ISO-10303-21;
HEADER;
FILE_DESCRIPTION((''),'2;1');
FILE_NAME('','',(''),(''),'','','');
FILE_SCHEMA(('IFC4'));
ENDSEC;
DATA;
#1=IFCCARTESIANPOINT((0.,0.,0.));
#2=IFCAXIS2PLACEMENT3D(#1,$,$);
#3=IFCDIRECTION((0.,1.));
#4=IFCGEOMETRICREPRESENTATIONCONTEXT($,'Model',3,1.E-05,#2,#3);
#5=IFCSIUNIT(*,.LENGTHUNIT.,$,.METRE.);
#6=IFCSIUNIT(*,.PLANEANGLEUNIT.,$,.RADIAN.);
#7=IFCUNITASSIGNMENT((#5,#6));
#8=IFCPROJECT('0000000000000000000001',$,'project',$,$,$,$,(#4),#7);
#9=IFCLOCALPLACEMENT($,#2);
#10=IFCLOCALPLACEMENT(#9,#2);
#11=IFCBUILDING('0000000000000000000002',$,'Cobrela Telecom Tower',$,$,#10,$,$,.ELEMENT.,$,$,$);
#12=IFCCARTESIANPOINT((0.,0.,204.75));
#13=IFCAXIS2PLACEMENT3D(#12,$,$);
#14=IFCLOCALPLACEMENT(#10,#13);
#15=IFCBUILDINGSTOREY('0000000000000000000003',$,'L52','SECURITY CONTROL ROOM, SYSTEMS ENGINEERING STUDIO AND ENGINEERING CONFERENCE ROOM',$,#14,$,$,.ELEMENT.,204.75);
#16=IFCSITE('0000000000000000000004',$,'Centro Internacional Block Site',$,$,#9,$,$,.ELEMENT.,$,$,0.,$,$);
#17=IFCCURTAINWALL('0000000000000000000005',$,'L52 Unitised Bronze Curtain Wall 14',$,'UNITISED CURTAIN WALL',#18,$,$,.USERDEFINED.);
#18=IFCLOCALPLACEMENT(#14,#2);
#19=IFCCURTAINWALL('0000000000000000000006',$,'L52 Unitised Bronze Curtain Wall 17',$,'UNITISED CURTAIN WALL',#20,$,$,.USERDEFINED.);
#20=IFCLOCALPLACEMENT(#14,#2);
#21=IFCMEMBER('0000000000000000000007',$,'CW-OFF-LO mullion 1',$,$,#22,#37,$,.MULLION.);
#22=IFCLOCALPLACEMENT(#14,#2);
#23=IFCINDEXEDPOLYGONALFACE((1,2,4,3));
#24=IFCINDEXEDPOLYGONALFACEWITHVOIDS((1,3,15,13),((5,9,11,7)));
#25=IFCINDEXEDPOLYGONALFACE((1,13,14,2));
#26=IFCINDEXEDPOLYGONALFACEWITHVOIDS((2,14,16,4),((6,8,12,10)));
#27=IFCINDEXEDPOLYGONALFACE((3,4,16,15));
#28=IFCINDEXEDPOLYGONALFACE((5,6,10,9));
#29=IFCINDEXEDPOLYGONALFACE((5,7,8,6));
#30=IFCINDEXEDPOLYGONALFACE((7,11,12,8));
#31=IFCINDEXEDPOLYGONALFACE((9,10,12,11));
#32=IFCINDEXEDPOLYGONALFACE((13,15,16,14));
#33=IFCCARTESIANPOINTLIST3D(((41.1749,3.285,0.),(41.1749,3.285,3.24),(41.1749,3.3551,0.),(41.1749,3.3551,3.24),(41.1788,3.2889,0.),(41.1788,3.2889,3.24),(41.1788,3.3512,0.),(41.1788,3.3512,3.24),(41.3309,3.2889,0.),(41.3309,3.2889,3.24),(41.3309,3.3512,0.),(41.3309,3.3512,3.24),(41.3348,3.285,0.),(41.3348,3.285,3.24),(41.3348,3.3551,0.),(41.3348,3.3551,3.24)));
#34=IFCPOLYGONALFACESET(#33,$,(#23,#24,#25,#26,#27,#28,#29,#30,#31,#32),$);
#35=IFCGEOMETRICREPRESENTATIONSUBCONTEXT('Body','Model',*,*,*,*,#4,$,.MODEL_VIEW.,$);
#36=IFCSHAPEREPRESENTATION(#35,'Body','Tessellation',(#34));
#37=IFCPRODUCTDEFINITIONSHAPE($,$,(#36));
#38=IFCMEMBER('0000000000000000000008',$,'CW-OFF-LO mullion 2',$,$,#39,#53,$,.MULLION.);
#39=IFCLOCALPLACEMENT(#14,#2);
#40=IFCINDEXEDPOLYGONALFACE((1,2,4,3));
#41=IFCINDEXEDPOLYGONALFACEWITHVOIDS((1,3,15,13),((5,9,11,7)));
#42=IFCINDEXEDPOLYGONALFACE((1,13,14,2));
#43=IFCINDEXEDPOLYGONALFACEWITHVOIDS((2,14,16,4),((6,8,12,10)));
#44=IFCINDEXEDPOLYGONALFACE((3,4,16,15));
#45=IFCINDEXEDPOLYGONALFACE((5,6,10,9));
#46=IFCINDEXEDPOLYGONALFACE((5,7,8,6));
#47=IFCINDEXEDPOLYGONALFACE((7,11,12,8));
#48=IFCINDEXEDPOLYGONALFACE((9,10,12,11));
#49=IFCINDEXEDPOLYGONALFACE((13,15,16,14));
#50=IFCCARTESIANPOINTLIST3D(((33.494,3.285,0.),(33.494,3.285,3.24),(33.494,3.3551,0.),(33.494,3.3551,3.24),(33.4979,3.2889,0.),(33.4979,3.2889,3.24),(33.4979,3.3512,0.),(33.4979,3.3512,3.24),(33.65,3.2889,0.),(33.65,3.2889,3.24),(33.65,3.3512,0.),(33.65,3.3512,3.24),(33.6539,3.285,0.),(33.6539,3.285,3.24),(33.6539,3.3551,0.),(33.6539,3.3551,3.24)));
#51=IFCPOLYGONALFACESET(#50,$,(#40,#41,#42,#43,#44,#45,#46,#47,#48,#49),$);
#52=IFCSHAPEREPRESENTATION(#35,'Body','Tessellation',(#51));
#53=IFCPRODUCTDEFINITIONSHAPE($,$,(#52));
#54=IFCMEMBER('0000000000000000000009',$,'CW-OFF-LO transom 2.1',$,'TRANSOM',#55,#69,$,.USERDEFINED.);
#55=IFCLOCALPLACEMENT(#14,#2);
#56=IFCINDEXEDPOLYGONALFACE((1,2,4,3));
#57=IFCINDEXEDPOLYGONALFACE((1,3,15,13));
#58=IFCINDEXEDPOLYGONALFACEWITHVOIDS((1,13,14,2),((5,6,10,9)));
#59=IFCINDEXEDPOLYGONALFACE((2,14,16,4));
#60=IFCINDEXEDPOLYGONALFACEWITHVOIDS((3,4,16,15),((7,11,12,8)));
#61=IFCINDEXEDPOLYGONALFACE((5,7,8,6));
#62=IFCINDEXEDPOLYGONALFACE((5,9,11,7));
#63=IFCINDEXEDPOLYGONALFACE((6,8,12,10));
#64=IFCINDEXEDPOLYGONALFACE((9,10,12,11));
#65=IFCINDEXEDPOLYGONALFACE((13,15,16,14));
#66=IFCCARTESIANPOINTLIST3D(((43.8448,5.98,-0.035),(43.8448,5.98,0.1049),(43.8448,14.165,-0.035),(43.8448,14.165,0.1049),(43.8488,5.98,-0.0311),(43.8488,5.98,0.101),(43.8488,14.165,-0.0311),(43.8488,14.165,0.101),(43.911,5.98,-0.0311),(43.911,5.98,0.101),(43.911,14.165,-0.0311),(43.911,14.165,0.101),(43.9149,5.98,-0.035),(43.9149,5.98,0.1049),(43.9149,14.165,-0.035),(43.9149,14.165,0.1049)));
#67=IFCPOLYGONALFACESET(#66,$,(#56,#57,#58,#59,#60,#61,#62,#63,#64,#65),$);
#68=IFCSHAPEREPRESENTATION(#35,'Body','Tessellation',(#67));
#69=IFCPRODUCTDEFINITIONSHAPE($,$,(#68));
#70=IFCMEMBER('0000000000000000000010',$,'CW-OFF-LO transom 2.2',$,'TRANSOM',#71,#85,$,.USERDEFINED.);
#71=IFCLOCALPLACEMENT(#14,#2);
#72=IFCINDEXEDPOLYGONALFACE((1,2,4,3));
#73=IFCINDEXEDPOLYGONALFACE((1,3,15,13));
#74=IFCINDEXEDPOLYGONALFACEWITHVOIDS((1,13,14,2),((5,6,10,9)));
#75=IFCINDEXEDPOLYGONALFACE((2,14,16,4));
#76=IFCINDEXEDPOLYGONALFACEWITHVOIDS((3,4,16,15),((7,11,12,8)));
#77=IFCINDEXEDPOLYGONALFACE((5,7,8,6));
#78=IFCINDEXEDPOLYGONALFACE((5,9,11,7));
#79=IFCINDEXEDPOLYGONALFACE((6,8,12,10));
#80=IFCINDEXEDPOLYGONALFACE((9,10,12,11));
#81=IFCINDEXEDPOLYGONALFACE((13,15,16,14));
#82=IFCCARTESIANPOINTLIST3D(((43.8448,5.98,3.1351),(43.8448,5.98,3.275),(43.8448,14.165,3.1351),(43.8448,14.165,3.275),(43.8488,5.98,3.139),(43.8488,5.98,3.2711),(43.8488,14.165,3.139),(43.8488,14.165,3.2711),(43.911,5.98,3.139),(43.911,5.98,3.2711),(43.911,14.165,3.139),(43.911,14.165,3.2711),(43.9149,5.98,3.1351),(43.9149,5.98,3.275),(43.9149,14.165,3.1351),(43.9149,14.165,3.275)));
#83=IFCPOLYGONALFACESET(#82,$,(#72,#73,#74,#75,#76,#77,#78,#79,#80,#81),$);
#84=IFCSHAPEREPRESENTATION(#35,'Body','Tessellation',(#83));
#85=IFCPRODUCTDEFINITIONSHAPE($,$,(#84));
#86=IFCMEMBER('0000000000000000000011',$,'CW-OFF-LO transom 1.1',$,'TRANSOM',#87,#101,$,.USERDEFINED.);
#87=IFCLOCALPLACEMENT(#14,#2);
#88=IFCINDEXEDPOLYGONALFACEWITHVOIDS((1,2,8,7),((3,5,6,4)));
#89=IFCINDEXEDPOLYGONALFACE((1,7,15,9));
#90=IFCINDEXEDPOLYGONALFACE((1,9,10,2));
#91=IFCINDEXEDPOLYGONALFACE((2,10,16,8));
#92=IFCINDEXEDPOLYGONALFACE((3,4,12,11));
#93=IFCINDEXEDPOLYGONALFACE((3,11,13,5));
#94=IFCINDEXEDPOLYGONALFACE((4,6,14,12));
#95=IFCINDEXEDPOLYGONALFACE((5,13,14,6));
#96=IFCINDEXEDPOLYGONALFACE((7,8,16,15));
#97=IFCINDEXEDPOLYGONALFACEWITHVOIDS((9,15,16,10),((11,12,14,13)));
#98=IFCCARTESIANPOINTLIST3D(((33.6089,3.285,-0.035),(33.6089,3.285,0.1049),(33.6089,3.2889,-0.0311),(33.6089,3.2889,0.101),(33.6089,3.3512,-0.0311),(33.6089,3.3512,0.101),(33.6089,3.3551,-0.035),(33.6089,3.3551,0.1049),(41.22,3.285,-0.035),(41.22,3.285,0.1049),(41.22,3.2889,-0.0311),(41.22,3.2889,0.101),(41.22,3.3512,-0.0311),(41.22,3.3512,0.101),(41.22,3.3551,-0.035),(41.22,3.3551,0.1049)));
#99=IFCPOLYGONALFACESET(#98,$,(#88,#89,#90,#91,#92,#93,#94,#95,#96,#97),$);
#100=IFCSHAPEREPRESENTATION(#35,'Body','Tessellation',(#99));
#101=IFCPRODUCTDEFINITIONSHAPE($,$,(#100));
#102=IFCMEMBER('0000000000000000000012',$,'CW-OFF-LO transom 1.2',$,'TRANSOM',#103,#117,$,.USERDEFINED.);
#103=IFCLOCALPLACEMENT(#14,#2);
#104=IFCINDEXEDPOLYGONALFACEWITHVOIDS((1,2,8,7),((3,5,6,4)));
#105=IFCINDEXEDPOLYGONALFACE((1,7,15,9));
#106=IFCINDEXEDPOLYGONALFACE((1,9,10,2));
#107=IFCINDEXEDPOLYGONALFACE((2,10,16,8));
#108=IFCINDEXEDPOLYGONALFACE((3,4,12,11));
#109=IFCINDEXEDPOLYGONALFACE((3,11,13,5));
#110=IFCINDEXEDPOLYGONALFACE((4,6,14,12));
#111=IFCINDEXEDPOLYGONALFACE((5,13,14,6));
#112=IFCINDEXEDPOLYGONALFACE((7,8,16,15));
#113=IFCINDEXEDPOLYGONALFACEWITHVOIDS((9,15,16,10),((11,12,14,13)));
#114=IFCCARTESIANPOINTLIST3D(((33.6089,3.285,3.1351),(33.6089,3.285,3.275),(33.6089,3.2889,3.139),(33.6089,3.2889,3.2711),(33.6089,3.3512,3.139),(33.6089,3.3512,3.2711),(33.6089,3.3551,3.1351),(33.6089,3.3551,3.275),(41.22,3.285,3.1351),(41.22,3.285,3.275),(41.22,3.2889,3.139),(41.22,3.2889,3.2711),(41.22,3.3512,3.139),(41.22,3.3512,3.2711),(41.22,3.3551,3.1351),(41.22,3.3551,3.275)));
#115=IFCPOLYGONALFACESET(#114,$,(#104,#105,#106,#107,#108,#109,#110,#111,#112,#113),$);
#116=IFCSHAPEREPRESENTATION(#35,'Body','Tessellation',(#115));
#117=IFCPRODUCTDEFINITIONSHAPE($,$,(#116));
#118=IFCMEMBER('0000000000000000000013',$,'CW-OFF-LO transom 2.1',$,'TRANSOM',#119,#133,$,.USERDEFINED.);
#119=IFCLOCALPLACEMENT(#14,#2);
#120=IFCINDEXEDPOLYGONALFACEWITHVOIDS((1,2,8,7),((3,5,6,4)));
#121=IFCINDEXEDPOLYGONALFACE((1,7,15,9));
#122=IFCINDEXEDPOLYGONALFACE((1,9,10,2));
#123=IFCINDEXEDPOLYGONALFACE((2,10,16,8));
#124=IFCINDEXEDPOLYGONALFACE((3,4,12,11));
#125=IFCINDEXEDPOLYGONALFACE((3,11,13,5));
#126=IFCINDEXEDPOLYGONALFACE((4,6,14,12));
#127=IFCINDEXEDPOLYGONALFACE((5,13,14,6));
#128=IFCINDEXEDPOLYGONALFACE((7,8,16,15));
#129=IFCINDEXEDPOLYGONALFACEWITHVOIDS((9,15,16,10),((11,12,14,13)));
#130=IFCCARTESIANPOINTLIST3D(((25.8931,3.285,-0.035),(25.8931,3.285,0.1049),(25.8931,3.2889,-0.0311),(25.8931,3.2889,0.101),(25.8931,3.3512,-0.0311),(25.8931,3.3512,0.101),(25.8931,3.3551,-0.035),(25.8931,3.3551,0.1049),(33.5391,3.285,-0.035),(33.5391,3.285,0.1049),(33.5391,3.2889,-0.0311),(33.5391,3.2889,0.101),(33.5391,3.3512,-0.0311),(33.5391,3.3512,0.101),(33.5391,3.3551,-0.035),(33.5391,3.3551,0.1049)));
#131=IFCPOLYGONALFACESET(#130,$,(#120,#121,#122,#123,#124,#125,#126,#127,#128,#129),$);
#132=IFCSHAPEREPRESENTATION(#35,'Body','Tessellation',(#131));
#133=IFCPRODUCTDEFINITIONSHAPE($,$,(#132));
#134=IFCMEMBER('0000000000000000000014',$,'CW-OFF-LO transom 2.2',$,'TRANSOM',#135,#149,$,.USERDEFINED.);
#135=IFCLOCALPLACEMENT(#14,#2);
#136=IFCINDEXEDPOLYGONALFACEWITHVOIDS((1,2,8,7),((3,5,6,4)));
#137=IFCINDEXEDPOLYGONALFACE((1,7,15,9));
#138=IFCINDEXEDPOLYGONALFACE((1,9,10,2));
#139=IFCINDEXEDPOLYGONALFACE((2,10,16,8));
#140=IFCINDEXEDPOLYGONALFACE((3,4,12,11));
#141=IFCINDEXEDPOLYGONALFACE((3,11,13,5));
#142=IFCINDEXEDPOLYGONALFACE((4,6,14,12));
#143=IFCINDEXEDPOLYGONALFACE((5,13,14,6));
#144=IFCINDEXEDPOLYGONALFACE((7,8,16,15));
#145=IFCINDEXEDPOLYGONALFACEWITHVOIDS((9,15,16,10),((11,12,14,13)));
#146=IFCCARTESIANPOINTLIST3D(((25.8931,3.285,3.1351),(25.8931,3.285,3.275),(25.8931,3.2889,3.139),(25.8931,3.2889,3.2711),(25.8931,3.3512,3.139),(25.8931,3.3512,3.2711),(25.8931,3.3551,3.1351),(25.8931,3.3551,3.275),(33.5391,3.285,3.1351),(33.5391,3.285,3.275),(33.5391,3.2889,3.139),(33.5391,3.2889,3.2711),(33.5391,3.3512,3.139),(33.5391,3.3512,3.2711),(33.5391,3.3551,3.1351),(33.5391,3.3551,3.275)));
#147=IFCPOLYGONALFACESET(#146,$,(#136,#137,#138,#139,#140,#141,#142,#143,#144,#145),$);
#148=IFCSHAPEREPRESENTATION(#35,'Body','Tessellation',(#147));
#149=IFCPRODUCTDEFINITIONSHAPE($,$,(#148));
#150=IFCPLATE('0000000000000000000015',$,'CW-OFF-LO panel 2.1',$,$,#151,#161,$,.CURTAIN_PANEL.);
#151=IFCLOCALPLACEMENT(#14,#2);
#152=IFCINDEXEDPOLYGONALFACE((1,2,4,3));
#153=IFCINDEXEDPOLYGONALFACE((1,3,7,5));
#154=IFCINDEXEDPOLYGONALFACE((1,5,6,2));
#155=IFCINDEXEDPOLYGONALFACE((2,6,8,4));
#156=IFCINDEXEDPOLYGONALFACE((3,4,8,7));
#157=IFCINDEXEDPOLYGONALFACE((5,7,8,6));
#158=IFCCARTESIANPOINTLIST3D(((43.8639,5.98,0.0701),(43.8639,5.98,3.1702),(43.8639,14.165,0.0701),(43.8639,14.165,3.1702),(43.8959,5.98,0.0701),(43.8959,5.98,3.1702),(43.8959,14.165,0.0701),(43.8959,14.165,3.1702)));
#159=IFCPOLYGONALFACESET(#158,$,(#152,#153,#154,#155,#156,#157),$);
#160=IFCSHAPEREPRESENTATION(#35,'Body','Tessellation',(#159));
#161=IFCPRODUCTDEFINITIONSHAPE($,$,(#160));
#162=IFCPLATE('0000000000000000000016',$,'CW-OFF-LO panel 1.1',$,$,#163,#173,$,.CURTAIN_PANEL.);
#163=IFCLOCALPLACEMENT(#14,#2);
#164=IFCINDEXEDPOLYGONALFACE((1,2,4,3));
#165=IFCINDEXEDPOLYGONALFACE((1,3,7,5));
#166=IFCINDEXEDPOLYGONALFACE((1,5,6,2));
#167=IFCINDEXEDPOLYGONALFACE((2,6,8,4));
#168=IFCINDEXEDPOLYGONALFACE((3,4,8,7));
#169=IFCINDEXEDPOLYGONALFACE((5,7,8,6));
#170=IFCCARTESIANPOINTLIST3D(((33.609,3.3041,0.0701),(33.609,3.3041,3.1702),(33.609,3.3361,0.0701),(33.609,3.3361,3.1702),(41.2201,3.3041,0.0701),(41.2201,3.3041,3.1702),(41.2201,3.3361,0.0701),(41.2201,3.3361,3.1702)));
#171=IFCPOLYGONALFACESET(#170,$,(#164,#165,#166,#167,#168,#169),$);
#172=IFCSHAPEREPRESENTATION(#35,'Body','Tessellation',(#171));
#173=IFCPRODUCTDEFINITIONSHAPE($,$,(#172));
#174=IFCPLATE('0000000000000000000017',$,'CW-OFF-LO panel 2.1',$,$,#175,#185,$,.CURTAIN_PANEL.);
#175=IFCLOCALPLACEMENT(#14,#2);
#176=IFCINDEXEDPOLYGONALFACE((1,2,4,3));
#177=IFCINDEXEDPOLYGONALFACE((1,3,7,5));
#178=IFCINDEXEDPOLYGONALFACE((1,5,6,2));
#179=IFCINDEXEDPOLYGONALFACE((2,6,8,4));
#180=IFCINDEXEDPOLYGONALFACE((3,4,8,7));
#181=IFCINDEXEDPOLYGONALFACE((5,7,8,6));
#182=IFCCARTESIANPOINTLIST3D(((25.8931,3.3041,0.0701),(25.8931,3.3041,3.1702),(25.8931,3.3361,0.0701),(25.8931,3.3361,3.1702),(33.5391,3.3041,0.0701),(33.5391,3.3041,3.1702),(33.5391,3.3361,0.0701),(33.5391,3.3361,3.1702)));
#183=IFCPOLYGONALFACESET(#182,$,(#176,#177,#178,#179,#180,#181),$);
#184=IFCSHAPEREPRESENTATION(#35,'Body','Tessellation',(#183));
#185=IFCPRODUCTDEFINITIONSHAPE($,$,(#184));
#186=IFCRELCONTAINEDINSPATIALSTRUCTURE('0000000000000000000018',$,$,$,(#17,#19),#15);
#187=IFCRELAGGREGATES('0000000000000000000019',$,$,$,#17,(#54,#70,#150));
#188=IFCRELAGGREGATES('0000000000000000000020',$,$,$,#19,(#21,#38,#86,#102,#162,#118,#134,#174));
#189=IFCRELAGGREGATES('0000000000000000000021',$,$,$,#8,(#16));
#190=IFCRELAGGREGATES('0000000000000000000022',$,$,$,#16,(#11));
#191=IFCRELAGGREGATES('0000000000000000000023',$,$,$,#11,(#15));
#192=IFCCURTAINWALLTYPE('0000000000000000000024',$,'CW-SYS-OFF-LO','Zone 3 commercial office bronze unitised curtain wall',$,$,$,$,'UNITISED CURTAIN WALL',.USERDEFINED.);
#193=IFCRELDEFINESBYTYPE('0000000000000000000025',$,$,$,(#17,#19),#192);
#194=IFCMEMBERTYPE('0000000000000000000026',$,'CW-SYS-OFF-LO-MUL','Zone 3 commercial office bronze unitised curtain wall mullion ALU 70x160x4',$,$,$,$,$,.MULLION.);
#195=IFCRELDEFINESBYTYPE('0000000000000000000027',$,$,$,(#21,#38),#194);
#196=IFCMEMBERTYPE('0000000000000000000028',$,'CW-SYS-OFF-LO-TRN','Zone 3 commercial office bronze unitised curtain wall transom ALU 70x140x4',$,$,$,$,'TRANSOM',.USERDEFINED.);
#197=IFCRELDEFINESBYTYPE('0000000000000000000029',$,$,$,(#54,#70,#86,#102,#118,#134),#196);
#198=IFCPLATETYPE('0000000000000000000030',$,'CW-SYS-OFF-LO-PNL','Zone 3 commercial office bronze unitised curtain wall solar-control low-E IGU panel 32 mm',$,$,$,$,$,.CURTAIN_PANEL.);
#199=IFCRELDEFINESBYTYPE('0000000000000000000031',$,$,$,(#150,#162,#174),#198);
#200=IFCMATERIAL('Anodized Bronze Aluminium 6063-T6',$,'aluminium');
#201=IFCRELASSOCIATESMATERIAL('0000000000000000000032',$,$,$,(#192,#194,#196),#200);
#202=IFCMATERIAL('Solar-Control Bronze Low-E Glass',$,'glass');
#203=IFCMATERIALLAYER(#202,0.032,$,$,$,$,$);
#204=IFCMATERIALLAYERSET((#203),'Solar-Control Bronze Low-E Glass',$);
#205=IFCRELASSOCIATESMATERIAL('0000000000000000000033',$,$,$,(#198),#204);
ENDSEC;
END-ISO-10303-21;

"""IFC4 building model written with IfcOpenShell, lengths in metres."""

from ifc_helpers import new_model, si_unit, direction, frame, origin, origin_2d, place, context, subcontext, project, spatial, rectangle, hollow_rectangle, extrude, material, layer, layer_set, material_profile, profile_set, type_object, element, aggregate, save


model = new_model("IFC4")

# Units and contexts
model_context = context("Model", 3, precision=1e-05, world=origin(), true_north=direction((0.0, 1.0)))
body_context = subcontext(model_context, "Body", "Model", "MODEL_VIEW")
ifc_project = project(units=[si_unit("LENGTHUNIT", "METRE"), si_unit("PLANEANGLEUNIT", "RADIAN")], contexts=[model_context])

# Site, building, storey
site_placement = place(None, origin())
site = spatial("IfcSite", under=ifc_project, at=site_placement, Name="Centro Internacional Block Site", CompositionType="ELEMENT", RefElevation=0.0)
building_placement = place(site_placement, origin())
building = spatial("IfcBuilding", under=site, at=building_placement, Name="Cobrela Telecom Tower", CompositionType="ELEMENT")
storey_placement = place(building_placement, frame((0.0, 0.0, 204.75)))
storey = spatial("IfcBuildingStorey", under=building, at=storey_placement, Name="L52", Description="SECURITY CONTROL ROOM, SYSTEMS ENGINEERING STUDIO AND ENGINEERING CONFERENCE ROOM", CompositionType="ELEMENT", Elevation=204.75)

# Curtain walls, members
ifc_material_1 = material(Name="Anodized Bronze Aluminium 6063-T6", Category="aluminium")
curtain_wall_type = type_object("IfcCurtainWallType", Name="CW-SYS-OFF-LO", Description="Zone 3 commercial office bronze unitised curtain wall", ElementType="UNITISED CURTAIN WALL", PredefinedType="USERDEFINED", material=ifc_material_1)
curtain_wall_1_placement = place(storey_placement, origin())
curtain_wall_1 = element("IfcCurtainWall", 1, at=curtain_wall_1_placement, inside=storey, type_object=curtain_wall_type, Name="L52 Unitised Bronze Curtain Wall 14", ObjectType="UNITISED CURTAIN WALL", PredefinedType="USERDEFINED")
ifc_material_profile_1 = material_profile(ifc_material_1, hollow_rectangle(XDim=0.0701, YDim=0.1599, WallThickness=0.0039, at=origin_2d()), Name="ALU 70x160x4")
ifc_profile_set_1 = profile_set([ifc_material_profile_1], Name="Anodized Bronze Aluminium 6063-T6")
member_type_1 = type_object("IfcMemberType", Name="CW-SYS-OFF-LO-MUL", Description="Zone 3 commercial office bronze unitised curtain wall mullion ALU 70x160x4", PredefinedType="MULLION", material=ifc_profile_set_1)
curtain_wall_2_placement = place(storey_placement, origin())
curtain_wall_2 = element("IfcCurtainWall", 2, at=curtain_wall_2_placement, inside=storey, type_object=curtain_wall_type, Name="L52 Unitised Bronze Curtain Wall 17", ObjectType="UNITISED CURTAIN WALL", PredefinedType="USERDEFINED")
member_1_placement = place(storey_placement, frame((41.2549, 3.3201, 0.0), z_axis=(0.0, 0.0, 1.0), x_axis=(0.0, -1.0, 0.0)))
member_1 = element("IfcMember", 3, at=member_1_placement, type_object=member_type_1, Name="CW-OFF-LO mullion 1", PredefinedType="MULLION", context=body_context, shape_type="SweptSolid", body=[
    extrude(hollow_rectangle(XDim=0.0701, YDim=0.1599, WallThickness=0.0039, at=origin_2d()), origin(), (0.0, 0.0, 1.0), 3.24),
])
member_2_placement = place(storey_placement, frame((33.574, 3.3201, 0.0), z_axis=(0.0, 0.0, 1.0), x_axis=(0.0, -1.0, 0.0)))
member_2 = element("IfcMember", 4, at=member_2_placement, type_object=member_type_1, Name="CW-OFF-LO mullion 2", PredefinedType="MULLION", context=body_context, shape_type="SweptSolid", body=[
    extrude(hollow_rectangle(XDim=0.0701, YDim=0.1599, WallThickness=0.0039, at=origin_2d()), origin(), (0.0, 0.0, 1.0), 3.24),
])

# Members
ifc_material_profile_2 = material_profile(ifc_material_1, hollow_rectangle(XDim=0.0701, YDim=0.1399, WallThickness=0.0039, at=origin_2d()), Name="ALU 70x140x4")
ifc_profile_set_2 = profile_set([ifc_material_profile_2], Name="Anodized Bronze Aluminium 6063-T6")
member_type_2 = type_object("IfcMemberType", Name="CW-SYS-OFF-LO-TRN", Description="Zone 3 commercial office bronze unitised curtain wall transom ALU 70x140x4", ElementType="TRANSOM", PredefinedType="USERDEFINED", material=ifc_profile_set_2)
member_3_placement = place(storey_placement, frame((43.8799, 14.165, 0.0349), z_axis=(0.0, -1.0, 0.0), x_axis=(1.0, 0.0, 0.0)))
member_3 = element("IfcMember", 5, at=member_3_placement, type_object=member_type_2, Name="CW-OFF-LO transom 2.1", ObjectType="TRANSOM", PredefinedType="USERDEFINED", context=body_context, shape_type="SweptSolid", body=[
    extrude(hollow_rectangle(XDim=0.0701, YDim=0.1399, WallThickness=0.0039, at=origin_2d()), origin(), (0.0, 0.0, 1.0), 8.1851),
])
member_4_placement = place(storey_placement, frame((43.8799, 14.165, 3.2051), z_axis=(0.0, -1.0, 0.0), x_axis=(1.0, 0.0, 0.0)))
member_4 = element("IfcMember", 6, at=member_4_placement, type_object=member_type_2, Name="CW-OFF-LO transom 2.2", ObjectType="TRANSOM", PredefinedType="USERDEFINED", context=body_context, shape_type="SweptSolid", body=[
    extrude(hollow_rectangle(XDim=0.0701, YDim=0.1399, WallThickness=0.0039, at=origin_2d()), origin(), (0.0, 0.0, 1.0), 8.1851),
])
member_5_placement = place(storey_placement, frame((41.22, 3.3201, 0.0349), z_axis=(-1.0, 0.0, 0.0), x_axis=(0.0, -1.0, 0.0)))
member_5 = element("IfcMember", 7, at=member_5_placement, type_object=member_type_2, Name="CW-OFF-LO transom 1.1", ObjectType="TRANSOM", PredefinedType="USERDEFINED", context=body_context, shape_type="SweptSolid", body=[
    extrude(hollow_rectangle(XDim=0.0701, YDim=0.1399, WallThickness=0.0039, at=origin_2d()), origin(), (0.0, 0.0, 1.0), 7.6111),
])
member_6_placement = place(storey_placement, frame((41.22, 3.3201, 3.2051), z_axis=(-1.0, 0.0, 0.0), x_axis=(0.0, -1.0, 0.0)))
member_6 = element("IfcMember", 8, at=member_6_placement, type_object=member_type_2, Name="CW-OFF-LO transom 1.2", ObjectType="TRANSOM", PredefinedType="USERDEFINED", context=body_context, shape_type="SweptSolid", body=[
    extrude(hollow_rectangle(XDim=0.0701, YDim=0.1399, WallThickness=0.0039, at=origin_2d()), origin(), (0.0, 0.0, 1.0), 7.6111),
])
member_7_placement = place(storey_placement, frame((33.5391, 3.3201, 0.0349), z_axis=(-1.0, 0.0, 0.0), x_axis=(0.0, -1.0, 0.0)))
member_7 = element("IfcMember", 9, at=member_7_placement, type_object=member_type_2, Name="CW-OFF-LO transom 2.1", ObjectType="TRANSOM", PredefinedType="USERDEFINED", context=body_context, shape_type="SweptSolid", body=[
    extrude(hollow_rectangle(XDim=0.0701, YDim=0.1399, WallThickness=0.0039, at=origin_2d()), origin(), (0.0, 0.0, 1.0), 7.646),
])
member_8_placement = place(storey_placement, frame((33.5391, 3.3201, 3.2051), z_axis=(-1.0, 0.0, 0.0), x_axis=(0.0, -1.0, 0.0)))
member_8 = element("IfcMember", 10, at=member_8_placement, type_object=member_type_2, Name="CW-OFF-LO transom 2.2", ObjectType="TRANSOM", PredefinedType="USERDEFINED", context=body_context, shape_type="SweptSolid", body=[
    extrude(hollow_rectangle(XDim=0.0701, YDim=0.1399, WallThickness=0.0039, at=origin_2d()), origin(), (0.0, 0.0, 1.0), 7.646),
])

# Plates
ifc_material_2 = material(Name="Solar-Control Bronze Low-E Glass", Category="glass")
ifc_layer_1 = layer(ifc_material_2, 0.032)
ifc_layer_set_1 = layer_set([ifc_layer_1], Name="Solar-Control Bronze Low-E Glass")
plate_type = type_object("IfcPlateType", Name="CW-SYS-OFF-LO-PNL", Description="Zone 3 commercial office bronze unitised curtain wall solar-control low-E IGU panel 32 mm", PredefinedType="CURTAIN_PANEL", material=ifc_layer_set_1)
plate_1_placement = place(storey_placement, frame((43.8799, 10.0725, 0.0701), z_axis=(0.0, 0.0, 1.0), x_axis=(0.0, -1.0, 0.0)))
plate_1 = element("IfcPlate", 11, at=plate_1_placement, type_object=plate_type, Name="CW-OFF-LO panel 2.1", PredefinedType="CURTAIN_PANEL", context=body_context, shape_type="SweptSolid", body=[
    extrude(rectangle(XDim=8.1851, YDim=0.032, at=origin_2d()), origin(), (0.0, 0.0, 1.0), 3.1001),
])
aggregate(curtain_wall_1, [member_3, member_4, plate_1])
plate_2_placement = place(storey_placement, frame((37.4146, 3.3201, 0.0701), z_axis=(0.0, 0.0, 1.0), x_axis=(-1.0, 0.0, 0.0)))
plate_2 = element("IfcPlate", 12, at=plate_2_placement, type_object=plate_type, Name="CW-OFF-LO panel 1.1", PredefinedType="CURTAIN_PANEL", context=body_context, shape_type="SweptSolid", body=[
    extrude(rectangle(XDim=7.6111, YDim=0.032, at=origin_2d()), origin(), (0.0, 0.0, 1.0), 3.1001),
])
plate_3_placement = place(storey_placement, frame((29.7161, 3.3201, 0.0701), z_axis=(0.0, 0.0, 1.0), x_axis=(-1.0, 0.0, 0.0)))
plate_3 = element("IfcPlate", 13, at=plate_3_placement, type_object=plate_type, Name="CW-OFF-LO panel 2.1", PredefinedType="CURTAIN_PANEL", context=body_context, shape_type="SweptSolid", body=[
    extrude(rectangle(XDim=7.646, YDim=0.032, at=origin_2d()), origin(), (0.0, 0.0, 1.0), 3.1001),
])
aggregate(curtain_wall_2, [member_1, member_2, member_5, member_6, plate_2, member_7, member_8, plate_3])

save(model, "model.ifc")
